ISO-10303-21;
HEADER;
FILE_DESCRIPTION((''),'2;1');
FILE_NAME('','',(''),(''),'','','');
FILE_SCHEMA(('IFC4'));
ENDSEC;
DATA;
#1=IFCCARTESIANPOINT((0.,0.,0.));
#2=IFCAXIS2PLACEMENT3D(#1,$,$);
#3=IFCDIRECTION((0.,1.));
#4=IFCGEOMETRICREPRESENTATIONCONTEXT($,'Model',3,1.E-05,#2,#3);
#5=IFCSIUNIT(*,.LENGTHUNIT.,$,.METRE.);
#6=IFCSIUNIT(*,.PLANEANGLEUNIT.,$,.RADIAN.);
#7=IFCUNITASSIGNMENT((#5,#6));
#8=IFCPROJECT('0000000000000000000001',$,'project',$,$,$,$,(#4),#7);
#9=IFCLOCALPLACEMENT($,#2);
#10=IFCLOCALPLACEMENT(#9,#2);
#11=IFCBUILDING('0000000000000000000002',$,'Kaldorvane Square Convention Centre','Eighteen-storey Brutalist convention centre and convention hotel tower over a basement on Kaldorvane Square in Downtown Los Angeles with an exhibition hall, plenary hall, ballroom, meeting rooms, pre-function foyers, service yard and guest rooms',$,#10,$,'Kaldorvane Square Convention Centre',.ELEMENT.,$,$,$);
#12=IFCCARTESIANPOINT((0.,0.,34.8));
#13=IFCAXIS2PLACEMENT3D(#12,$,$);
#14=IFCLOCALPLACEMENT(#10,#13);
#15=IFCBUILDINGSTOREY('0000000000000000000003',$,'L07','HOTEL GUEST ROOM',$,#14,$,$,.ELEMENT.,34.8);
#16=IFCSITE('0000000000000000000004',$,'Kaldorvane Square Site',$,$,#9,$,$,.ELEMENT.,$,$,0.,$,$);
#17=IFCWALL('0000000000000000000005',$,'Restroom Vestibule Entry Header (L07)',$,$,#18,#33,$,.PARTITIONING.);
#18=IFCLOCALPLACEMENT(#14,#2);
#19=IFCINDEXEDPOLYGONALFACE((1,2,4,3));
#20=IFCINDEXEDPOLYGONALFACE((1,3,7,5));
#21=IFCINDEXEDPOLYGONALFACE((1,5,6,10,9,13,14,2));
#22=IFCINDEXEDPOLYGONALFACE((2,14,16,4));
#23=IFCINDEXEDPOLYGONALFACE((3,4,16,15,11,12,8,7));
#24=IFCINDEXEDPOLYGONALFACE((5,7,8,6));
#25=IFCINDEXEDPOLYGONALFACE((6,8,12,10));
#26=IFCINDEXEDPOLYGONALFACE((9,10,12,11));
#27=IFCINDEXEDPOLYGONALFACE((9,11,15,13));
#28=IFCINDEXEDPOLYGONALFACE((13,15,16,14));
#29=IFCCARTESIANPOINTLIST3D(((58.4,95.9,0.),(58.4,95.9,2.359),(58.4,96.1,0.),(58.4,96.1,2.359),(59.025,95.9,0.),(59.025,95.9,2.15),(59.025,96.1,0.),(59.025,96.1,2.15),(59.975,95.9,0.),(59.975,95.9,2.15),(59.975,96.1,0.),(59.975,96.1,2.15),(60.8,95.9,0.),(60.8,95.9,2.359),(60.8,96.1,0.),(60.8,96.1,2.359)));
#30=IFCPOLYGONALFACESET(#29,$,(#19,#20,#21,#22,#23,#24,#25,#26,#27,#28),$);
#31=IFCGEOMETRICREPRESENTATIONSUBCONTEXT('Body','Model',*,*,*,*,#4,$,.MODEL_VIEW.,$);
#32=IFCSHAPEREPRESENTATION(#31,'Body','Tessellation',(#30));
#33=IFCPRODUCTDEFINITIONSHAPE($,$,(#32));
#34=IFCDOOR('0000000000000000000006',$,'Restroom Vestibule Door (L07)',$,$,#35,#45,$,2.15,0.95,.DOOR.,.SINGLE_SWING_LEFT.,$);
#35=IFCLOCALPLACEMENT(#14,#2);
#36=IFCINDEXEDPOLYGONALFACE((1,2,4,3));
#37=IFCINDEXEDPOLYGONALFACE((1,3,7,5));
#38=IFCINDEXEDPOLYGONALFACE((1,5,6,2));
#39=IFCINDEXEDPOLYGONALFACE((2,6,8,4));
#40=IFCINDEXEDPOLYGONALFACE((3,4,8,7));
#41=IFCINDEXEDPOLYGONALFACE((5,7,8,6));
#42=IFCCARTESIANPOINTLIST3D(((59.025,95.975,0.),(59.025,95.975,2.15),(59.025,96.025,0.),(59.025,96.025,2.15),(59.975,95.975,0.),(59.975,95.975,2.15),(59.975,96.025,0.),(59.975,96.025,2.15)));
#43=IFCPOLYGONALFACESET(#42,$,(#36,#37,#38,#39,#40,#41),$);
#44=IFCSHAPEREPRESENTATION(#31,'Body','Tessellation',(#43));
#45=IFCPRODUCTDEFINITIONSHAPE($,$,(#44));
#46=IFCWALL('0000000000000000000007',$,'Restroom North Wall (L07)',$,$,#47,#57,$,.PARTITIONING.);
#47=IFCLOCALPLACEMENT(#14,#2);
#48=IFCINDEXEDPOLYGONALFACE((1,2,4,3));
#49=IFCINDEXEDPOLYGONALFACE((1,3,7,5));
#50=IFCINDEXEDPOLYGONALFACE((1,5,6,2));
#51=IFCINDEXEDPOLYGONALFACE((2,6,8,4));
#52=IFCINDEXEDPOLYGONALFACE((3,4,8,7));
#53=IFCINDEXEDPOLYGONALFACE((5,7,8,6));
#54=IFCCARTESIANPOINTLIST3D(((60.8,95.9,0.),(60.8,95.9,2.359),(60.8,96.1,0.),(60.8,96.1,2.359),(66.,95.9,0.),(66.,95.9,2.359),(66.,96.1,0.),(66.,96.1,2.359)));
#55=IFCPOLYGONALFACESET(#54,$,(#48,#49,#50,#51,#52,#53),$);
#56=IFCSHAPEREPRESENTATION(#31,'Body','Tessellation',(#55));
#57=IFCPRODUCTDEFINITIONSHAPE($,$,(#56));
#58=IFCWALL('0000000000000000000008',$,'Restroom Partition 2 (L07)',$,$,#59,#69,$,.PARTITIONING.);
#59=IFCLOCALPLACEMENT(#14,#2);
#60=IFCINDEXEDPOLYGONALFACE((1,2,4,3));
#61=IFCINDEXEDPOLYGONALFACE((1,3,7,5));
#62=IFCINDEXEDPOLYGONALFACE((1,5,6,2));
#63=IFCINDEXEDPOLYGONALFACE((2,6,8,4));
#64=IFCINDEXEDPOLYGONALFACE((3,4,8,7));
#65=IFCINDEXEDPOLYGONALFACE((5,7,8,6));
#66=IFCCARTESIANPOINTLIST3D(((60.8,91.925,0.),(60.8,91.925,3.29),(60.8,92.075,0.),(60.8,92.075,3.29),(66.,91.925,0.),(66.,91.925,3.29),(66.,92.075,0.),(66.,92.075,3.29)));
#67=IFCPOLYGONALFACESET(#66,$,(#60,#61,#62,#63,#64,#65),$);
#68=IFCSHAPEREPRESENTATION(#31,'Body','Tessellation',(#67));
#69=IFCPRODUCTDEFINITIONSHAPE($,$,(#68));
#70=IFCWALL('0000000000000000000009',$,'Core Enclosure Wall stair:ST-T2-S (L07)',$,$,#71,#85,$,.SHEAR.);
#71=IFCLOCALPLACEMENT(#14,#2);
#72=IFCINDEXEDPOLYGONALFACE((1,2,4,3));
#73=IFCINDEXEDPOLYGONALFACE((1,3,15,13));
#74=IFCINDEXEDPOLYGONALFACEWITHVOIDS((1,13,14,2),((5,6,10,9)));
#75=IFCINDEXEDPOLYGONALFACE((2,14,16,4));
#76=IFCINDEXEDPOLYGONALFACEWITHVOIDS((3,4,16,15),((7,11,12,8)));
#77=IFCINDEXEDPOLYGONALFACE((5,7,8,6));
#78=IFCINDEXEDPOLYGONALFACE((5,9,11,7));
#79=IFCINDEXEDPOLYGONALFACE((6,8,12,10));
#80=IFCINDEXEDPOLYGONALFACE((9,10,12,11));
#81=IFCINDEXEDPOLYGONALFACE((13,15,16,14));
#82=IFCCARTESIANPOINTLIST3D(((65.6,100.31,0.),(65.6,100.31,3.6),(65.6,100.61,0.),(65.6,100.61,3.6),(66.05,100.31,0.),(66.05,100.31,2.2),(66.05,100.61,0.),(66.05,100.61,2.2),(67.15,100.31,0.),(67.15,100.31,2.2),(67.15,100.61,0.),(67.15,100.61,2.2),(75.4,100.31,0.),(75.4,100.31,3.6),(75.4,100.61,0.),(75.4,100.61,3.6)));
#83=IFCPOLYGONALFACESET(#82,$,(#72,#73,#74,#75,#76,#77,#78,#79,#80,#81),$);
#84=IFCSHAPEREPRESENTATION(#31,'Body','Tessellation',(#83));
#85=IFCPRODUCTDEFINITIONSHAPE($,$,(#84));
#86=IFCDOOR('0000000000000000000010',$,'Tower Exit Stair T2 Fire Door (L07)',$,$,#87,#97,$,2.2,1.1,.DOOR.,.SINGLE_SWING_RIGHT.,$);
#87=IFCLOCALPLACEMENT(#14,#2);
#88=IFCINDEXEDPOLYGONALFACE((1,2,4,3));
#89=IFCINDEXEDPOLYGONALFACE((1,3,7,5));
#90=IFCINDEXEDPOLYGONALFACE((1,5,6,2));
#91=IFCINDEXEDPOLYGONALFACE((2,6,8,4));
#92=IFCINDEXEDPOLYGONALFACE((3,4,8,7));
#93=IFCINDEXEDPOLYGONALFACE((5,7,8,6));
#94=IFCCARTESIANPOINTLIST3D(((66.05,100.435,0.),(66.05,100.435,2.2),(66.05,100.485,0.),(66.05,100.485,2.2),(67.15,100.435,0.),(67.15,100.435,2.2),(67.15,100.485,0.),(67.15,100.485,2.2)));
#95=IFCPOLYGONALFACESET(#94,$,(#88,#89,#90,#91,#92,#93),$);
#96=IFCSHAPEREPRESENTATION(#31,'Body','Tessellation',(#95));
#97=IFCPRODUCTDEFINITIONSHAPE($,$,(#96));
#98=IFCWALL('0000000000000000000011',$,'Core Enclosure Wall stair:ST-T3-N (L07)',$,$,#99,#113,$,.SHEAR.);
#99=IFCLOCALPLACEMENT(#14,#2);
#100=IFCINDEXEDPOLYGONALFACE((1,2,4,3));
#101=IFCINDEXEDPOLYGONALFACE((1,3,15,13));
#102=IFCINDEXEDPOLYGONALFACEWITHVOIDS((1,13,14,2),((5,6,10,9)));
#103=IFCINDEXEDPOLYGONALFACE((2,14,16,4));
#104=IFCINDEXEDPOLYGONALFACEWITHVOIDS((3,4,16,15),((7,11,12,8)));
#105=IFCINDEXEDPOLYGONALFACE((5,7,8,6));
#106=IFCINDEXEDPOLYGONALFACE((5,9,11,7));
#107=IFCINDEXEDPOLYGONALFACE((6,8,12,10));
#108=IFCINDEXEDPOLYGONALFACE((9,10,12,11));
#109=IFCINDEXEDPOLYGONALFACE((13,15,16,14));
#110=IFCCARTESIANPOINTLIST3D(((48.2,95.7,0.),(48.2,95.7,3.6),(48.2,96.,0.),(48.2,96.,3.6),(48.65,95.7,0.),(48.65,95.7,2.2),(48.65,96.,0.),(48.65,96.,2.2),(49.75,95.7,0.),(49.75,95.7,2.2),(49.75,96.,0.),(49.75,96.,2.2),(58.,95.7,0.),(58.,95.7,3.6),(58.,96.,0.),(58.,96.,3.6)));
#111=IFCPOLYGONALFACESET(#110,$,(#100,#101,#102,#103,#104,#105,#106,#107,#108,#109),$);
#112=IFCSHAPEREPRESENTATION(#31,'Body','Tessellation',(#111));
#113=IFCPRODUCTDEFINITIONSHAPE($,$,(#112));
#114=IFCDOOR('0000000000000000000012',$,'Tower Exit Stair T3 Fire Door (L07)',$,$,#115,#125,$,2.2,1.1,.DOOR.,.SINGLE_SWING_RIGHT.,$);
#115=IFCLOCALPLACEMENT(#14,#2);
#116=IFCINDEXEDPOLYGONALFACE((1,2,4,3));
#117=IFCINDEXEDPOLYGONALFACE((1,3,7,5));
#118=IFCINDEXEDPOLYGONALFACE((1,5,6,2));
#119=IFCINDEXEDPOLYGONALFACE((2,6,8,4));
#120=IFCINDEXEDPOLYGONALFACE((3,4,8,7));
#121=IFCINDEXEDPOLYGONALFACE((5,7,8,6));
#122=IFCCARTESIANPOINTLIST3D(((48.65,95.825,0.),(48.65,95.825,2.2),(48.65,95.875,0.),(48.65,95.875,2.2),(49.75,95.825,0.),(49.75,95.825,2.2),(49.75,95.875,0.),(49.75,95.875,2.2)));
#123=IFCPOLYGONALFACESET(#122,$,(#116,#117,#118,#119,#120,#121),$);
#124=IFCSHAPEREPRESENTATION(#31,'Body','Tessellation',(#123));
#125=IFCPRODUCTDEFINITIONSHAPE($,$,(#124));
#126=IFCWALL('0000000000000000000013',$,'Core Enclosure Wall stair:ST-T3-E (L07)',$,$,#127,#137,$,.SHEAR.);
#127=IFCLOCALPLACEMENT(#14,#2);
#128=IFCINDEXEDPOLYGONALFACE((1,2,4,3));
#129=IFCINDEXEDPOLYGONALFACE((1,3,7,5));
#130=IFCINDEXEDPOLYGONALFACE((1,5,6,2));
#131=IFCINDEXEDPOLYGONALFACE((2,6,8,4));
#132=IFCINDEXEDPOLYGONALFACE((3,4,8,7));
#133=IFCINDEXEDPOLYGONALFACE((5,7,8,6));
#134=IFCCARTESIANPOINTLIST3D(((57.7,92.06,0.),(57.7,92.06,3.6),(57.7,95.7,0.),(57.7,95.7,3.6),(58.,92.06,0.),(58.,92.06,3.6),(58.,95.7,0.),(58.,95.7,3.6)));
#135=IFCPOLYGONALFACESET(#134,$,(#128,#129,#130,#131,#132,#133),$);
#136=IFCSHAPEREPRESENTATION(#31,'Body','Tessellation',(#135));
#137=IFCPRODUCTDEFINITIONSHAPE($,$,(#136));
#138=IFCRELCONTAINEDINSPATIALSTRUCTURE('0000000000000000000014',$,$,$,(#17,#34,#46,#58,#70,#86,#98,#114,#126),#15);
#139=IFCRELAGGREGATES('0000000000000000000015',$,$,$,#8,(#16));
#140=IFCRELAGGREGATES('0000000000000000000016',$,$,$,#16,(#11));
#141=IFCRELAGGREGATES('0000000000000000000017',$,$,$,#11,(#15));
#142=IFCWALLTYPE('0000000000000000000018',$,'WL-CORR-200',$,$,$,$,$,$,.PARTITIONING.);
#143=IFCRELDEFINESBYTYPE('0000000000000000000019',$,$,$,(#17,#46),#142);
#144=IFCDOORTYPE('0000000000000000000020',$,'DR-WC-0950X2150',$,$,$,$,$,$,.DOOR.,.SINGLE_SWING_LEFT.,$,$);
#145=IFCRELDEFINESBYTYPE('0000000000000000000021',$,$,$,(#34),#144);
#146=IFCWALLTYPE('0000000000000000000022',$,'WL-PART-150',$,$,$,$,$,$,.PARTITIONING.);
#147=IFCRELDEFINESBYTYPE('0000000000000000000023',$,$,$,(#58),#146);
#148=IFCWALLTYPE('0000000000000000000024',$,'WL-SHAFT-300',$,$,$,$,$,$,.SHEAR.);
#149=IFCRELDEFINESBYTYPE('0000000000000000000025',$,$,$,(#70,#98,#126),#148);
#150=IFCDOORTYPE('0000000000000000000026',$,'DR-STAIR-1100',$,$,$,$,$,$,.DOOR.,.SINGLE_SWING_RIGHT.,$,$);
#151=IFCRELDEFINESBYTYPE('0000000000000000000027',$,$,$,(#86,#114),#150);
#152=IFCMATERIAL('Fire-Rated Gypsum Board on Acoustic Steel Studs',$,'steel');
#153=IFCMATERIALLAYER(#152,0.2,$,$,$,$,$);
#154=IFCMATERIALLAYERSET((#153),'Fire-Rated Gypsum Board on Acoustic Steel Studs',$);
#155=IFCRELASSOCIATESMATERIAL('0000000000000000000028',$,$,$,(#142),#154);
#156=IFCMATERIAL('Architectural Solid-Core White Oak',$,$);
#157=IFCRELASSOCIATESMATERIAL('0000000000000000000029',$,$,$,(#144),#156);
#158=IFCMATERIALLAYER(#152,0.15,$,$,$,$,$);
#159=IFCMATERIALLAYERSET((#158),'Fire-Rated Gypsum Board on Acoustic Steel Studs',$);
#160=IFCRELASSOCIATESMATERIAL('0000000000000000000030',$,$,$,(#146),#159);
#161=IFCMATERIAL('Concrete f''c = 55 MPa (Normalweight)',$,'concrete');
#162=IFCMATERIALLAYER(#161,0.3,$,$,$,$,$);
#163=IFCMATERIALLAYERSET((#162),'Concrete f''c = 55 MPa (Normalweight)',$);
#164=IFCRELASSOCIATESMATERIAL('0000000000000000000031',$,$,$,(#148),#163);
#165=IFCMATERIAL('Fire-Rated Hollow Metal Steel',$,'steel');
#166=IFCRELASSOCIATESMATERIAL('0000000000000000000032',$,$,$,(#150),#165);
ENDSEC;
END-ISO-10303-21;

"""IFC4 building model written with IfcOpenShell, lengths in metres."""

from ifc_helpers import new_model, si_unit, direction, frame, frame_2d, origin, place, context, subcontext, project, spatial, rectangle, extrude, material, layer, layer_set, type_object, element, fill, save


model = new_model("IFC4")

# Units and contexts
model_context = context("Model", 3, precision=1e-05, world=origin(), true_north=direction((0.0, 1.0)))
body_context = subcontext(model_context, "Body", "Model", "MODEL_VIEW")
ifc_project = project(units=[si_unit("LENGTHUNIT", "METRE"), si_unit("PLANEANGLEUNIT", "RADIAN")], contexts=[model_context])

# Site, building, storey
site_placement = place(None, origin())
site = spatial("IfcSite", under=ifc_project, at=site_placement, Name="Kaldorvane Square Site", CompositionType="ELEMENT", RefElevation=0.0)
building_placement = place(site_placement, origin())
building = spatial("IfcBuilding", under=site, at=building_placement, Name="Kaldorvane Square Convention Centre", Description="Eighteen-storey Brutalist convention centre and convention hotel tower over a basement on Kaldorvane Square in Downtown Los Angeles with an exhibition hall, plenary hall, ballroom, meeting rooms, pre-function foyers, service yard and guest rooms", LongName="Kaldorvane Square Convention Centre", CompositionType="ELEMENT")
storey_placement = place(building_placement, frame((0.0, 0.0, 34.8)))
storey = spatial("IfcBuildingStorey", under=building, at=storey_placement, Name="L07", Description="HOTEL GUEST ROOM", CompositionType="ELEMENT", Elevation=34.8)

# Wall, opening, door
ifc_material_1 = material(Name="Fire-Rated Gypsum Board on Acoustic Steel Studs", Category="steel")
ifc_layer_1 = layer(ifc_material_1, 0.2)
ifc_layer_set_1 = layer_set([ifc_layer_1], Name="Fire-Rated Gypsum Board on Acoustic Steel Studs")
wall_type_1 = type_object("IfcWallType", Name="WL-CORR-200", PredefinedType="PARTITIONING", material=ifc_layer_set_1)
wall_1_placement = place(storey_placement, frame((58.4, 96.0, 0.0), z_axis=(0.0, 0.0, 1.0), x_axis=(1.0, 0.0, 0.0)))
wall_1 = element("IfcWall", 1, at=wall_1_placement, inside=storey, type_object=wall_type_1, Name="Restroom Vestibule Entry Header (L07)", PredefinedType="PARTITIONING", context=body_context, shape_type="SweptSolid", body=[
    extrude(rectangle(XDim=2.4, YDim=0.2, at=frame_2d((1.2, 0.0))), origin(), (0.0, 0.0, 1.0), 2.359),
])
opening_1_placement = place(wall_1_placement, frame((0.625, 0.0, 0.0)))
opening_1 = element("IfcOpeningElement", 2, at=opening_1_placement, cuts=wall_1, PredefinedType="OPENING", context=body_context, shape_type="SweptSolid", body=[
    extrude(rectangle(XDim=0.95, YDim=2.15, at=frame_2d((0.475, 1.075))), frame((0.0, 0.115, 0.0), z_axis=(0.0, -1.0, 0.0), x_axis=(1.0, 0.0, 0.0)), (0.0, 0.0, 1.0), 0.23),
])
ifc_material_2 = material(Name="Architectural Solid-Core White Oak")
door_type_1 = type_object("IfcDoorType", Name="DR-WC-0950X2150", OperationType="SINGLE_SWING_LEFT", PredefinedType="DOOR", material=ifc_material_2)
door_1_placement = place(opening_1_placement, origin())
door_1 = element("IfcDoor", 3, at=door_1_placement, inside=storey, type_object=door_type_1, Name="Restroom Vestibule Door (L07)", OperationType="SINGLE_SWING_LEFT", OverallHeight=2.15, OverallWidth=0.95, PredefinedType="DOOR", context=body_context, shape_type="SweptSolid", body=[
    extrude(rectangle(XDim=0.95, YDim=2.15, at=frame_2d((0.475, 1.075))), frame((0.0, 0.025, 0.0), z_axis=(0.0, -1.0, 0.0), x_axis=(1.0, 0.0, 0.0)), (0.0, 0.0, 1.0), 0.05),
])
fill(opening_1, door_1)

# Walls
wall_2_placement = place(storey_placement, frame((60.8, 96.0, 0.0), z_axis=(0.0, 0.0, 1.0), x_axis=(1.0, 0.0, 0.0)))
element("IfcWall", 4, at=wall_2_placement, inside=storey, type_object=wall_type_1, Name="Restroom North Wall (L07)", PredefinedType="PARTITIONING", context=body_context, shape_type="SweptSolid", body=[
    extrude(rectangle(XDim=5.2, YDim=0.2, at=frame_2d((2.6, 0.0))), origin(), (0.0, 0.0, 1.0), 2.359),
])
ifc_layer_2 = layer(ifc_material_1, 0.15)
ifc_layer_set_2 = layer_set([ifc_layer_2], Name="Fire-Rated Gypsum Board on Acoustic Steel Studs")
wall_type_2 = type_object("IfcWallType", Name="WL-PART-150", PredefinedType="PARTITIONING", material=ifc_layer_set_2)
wall_3_placement = place(storey_placement, frame((60.8, 92.0, 0.0), z_axis=(0.0, 0.0, 1.0), x_axis=(1.0, 0.0, 0.0)))
element("IfcWall", 5, at=wall_3_placement, inside=storey, type_object=wall_type_2, Name="Restroom Partition 2 (L07)", PredefinedType="PARTITIONING", context=body_context, shape_type="SweptSolid", body=[
    extrude(rectangle(XDim=5.2, YDim=0.15, at=frame_2d((2.6, 0.0))), origin(), (0.0, 0.0, 1.0), 3.29),
])

# Walls, openings, doors
ifc_material_3 = material(Name="Concrete f'c = 55 MPa (Normalweight)", Category="concrete")
ifc_layer_3 = layer(ifc_material_3, 0.3)
ifc_layer_set_3 = layer_set([ifc_layer_3], Name="Concrete f'c = 55 MPa (Normalweight)")
wall_type_3 = type_object("IfcWallType", Name="WL-SHAFT-300", PredefinedType="SHEAR", material=ifc_layer_set_3)
wall_4_placement = place(storey_placement, frame((65.6, 100.46, 0.0), z_axis=(0.0, 0.0, 1.0), x_axis=(1.0, 0.0, 0.0)))
wall_4 = element("IfcWall", 6, at=wall_4_placement, inside=storey, type_object=wall_type_3, Name="Core Enclosure Wall stair:ST-T2-S (L07)", PredefinedType="SHEAR", context=body_context, shape_type="SweptSolid", body=[
    extrude(rectangle(XDim=9.8, YDim=0.3, at=frame_2d((4.9, 0.0))), origin(), (0.0, 0.0, 1.0), 3.6),
])
opening_2_placement = place(wall_4_placement, frame((0.45, 0.0, 0.0)))
opening_2 = element("IfcOpeningElement", 7, at=opening_2_placement, cuts=wall_4, PredefinedType="OPENING", context=body_context, shape_type="SweptSolid", body=[
    extrude(rectangle(XDim=1.1, YDim=2.2, at=frame_2d((0.55, 1.1))), frame((0.0, 0.165, 0.0), z_axis=(0.0, -1.0, 0.0), x_axis=(1.0, 0.0, 0.0)), (0.0, 0.0, 1.0), 0.33),
])
ifc_material_4 = material(Name="Fire-Rated Hollow Metal Steel", Category="steel")
door_type_2 = type_object("IfcDoorType", Name="DR-STAIR-1100", OperationType="SINGLE_SWING_RIGHT", PredefinedType="DOOR", material=ifc_material_4)
door_2_placement = place(opening_2_placement, origin())
door_2 = element("IfcDoor", 8, at=door_2_placement, inside=storey, type_object=door_type_2, Name="Tower Exit Stair T2 Fire Door (L07)", OperationType="SINGLE_SWING_RIGHT", OverallHeight=2.2, OverallWidth=1.1, PredefinedType="DOOR", context=body_context, shape_type="SweptSolid", body=[
    extrude(rectangle(XDim=1.1, YDim=2.2, at=frame_2d((0.55, 1.1))), frame((0.0, 0.025, 0.0), z_axis=(0.0, -1.0, 0.0), x_axis=(1.0, 0.0, 0.0)), (0.0, 0.0, 1.0), 0.05),
])
fill(opening_2, door_2)
wall_5_placement = place(storey_placement, frame((58.0, 95.85, 0.0), z_axis=(0.0, 0.0, 1.0), x_axis=(-1.0, 0.0, 0.0)))
wall_5 = element("IfcWall", 9, at=wall_5_placement, inside=storey, type_object=wall_type_3, Name="Core Enclosure Wall stair:ST-T3-N (L07)", PredefinedType="SHEAR", context=body_context, shape_type="SweptSolid", body=[
    extrude(rectangle(XDim=9.8, YDim=0.3, at=frame_2d((4.9, 0.0))), origin(), (0.0, 0.0, 1.0), 3.6),
])
opening_3_placement = place(wall_5_placement, frame((8.25, 0.0, 0.0)))
opening_3 = element("IfcOpeningElement", 10, at=opening_3_placement, cuts=wall_5, PredefinedType="OPENING", context=body_context, shape_type="SweptSolid", body=[
    extrude(rectangle(XDim=1.1, YDim=2.2, at=frame_2d((0.55, 1.1))), frame((0.0, 0.165, 0.0), z_axis=(0.0, -1.0, 0.0), x_axis=(1.0, 0.0, 0.0)), (0.0, 0.0, 1.0), 0.33),
])
door_3_placement = place(opening_3_placement, origin())
door_3 = element("IfcDoor", 11, at=door_3_placement, inside=storey, type_object=door_type_2, Name="Tower Exit Stair T3 Fire Door (L07)", OperationType="SINGLE_SWING_RIGHT", OverallHeight=2.2, OverallWidth=1.1, PredefinedType="DOOR", context=body_context, shape_type="SweptSolid", body=[
    extrude(rectangle(XDim=1.1, YDim=2.2, at=frame_2d((0.55, 1.1))), frame((0.0, 0.025, 0.0), z_axis=(0.0, -1.0, 0.0), x_axis=(1.0, 0.0, 0.0)), (0.0, 0.0, 1.0), 0.05),
])
fill(opening_3, door_3)

# Wall
wall_6_placement = place(storey_placement, frame((57.85, 92.06, 0.0), z_axis=(0.0, 0.0, 1.0), x_axis=(0.0, 1.0, 0.0)))
element("IfcWall", 12, at=wall_6_placement, inside=storey, type_object=wall_type_3, Name="Core Enclosure Wall stair:ST-T3-E (L07)", PredefinedType="SHEAR", context=body_context, shape_type="SweptSolid", body=[
    extrude(rectangle(XDim=3.64, YDim=0.3, at=frame_2d((1.82, 0.0))), origin(), (0.0, 0.0, 1.0), 3.6),
])

save(model, "model.ifc")
